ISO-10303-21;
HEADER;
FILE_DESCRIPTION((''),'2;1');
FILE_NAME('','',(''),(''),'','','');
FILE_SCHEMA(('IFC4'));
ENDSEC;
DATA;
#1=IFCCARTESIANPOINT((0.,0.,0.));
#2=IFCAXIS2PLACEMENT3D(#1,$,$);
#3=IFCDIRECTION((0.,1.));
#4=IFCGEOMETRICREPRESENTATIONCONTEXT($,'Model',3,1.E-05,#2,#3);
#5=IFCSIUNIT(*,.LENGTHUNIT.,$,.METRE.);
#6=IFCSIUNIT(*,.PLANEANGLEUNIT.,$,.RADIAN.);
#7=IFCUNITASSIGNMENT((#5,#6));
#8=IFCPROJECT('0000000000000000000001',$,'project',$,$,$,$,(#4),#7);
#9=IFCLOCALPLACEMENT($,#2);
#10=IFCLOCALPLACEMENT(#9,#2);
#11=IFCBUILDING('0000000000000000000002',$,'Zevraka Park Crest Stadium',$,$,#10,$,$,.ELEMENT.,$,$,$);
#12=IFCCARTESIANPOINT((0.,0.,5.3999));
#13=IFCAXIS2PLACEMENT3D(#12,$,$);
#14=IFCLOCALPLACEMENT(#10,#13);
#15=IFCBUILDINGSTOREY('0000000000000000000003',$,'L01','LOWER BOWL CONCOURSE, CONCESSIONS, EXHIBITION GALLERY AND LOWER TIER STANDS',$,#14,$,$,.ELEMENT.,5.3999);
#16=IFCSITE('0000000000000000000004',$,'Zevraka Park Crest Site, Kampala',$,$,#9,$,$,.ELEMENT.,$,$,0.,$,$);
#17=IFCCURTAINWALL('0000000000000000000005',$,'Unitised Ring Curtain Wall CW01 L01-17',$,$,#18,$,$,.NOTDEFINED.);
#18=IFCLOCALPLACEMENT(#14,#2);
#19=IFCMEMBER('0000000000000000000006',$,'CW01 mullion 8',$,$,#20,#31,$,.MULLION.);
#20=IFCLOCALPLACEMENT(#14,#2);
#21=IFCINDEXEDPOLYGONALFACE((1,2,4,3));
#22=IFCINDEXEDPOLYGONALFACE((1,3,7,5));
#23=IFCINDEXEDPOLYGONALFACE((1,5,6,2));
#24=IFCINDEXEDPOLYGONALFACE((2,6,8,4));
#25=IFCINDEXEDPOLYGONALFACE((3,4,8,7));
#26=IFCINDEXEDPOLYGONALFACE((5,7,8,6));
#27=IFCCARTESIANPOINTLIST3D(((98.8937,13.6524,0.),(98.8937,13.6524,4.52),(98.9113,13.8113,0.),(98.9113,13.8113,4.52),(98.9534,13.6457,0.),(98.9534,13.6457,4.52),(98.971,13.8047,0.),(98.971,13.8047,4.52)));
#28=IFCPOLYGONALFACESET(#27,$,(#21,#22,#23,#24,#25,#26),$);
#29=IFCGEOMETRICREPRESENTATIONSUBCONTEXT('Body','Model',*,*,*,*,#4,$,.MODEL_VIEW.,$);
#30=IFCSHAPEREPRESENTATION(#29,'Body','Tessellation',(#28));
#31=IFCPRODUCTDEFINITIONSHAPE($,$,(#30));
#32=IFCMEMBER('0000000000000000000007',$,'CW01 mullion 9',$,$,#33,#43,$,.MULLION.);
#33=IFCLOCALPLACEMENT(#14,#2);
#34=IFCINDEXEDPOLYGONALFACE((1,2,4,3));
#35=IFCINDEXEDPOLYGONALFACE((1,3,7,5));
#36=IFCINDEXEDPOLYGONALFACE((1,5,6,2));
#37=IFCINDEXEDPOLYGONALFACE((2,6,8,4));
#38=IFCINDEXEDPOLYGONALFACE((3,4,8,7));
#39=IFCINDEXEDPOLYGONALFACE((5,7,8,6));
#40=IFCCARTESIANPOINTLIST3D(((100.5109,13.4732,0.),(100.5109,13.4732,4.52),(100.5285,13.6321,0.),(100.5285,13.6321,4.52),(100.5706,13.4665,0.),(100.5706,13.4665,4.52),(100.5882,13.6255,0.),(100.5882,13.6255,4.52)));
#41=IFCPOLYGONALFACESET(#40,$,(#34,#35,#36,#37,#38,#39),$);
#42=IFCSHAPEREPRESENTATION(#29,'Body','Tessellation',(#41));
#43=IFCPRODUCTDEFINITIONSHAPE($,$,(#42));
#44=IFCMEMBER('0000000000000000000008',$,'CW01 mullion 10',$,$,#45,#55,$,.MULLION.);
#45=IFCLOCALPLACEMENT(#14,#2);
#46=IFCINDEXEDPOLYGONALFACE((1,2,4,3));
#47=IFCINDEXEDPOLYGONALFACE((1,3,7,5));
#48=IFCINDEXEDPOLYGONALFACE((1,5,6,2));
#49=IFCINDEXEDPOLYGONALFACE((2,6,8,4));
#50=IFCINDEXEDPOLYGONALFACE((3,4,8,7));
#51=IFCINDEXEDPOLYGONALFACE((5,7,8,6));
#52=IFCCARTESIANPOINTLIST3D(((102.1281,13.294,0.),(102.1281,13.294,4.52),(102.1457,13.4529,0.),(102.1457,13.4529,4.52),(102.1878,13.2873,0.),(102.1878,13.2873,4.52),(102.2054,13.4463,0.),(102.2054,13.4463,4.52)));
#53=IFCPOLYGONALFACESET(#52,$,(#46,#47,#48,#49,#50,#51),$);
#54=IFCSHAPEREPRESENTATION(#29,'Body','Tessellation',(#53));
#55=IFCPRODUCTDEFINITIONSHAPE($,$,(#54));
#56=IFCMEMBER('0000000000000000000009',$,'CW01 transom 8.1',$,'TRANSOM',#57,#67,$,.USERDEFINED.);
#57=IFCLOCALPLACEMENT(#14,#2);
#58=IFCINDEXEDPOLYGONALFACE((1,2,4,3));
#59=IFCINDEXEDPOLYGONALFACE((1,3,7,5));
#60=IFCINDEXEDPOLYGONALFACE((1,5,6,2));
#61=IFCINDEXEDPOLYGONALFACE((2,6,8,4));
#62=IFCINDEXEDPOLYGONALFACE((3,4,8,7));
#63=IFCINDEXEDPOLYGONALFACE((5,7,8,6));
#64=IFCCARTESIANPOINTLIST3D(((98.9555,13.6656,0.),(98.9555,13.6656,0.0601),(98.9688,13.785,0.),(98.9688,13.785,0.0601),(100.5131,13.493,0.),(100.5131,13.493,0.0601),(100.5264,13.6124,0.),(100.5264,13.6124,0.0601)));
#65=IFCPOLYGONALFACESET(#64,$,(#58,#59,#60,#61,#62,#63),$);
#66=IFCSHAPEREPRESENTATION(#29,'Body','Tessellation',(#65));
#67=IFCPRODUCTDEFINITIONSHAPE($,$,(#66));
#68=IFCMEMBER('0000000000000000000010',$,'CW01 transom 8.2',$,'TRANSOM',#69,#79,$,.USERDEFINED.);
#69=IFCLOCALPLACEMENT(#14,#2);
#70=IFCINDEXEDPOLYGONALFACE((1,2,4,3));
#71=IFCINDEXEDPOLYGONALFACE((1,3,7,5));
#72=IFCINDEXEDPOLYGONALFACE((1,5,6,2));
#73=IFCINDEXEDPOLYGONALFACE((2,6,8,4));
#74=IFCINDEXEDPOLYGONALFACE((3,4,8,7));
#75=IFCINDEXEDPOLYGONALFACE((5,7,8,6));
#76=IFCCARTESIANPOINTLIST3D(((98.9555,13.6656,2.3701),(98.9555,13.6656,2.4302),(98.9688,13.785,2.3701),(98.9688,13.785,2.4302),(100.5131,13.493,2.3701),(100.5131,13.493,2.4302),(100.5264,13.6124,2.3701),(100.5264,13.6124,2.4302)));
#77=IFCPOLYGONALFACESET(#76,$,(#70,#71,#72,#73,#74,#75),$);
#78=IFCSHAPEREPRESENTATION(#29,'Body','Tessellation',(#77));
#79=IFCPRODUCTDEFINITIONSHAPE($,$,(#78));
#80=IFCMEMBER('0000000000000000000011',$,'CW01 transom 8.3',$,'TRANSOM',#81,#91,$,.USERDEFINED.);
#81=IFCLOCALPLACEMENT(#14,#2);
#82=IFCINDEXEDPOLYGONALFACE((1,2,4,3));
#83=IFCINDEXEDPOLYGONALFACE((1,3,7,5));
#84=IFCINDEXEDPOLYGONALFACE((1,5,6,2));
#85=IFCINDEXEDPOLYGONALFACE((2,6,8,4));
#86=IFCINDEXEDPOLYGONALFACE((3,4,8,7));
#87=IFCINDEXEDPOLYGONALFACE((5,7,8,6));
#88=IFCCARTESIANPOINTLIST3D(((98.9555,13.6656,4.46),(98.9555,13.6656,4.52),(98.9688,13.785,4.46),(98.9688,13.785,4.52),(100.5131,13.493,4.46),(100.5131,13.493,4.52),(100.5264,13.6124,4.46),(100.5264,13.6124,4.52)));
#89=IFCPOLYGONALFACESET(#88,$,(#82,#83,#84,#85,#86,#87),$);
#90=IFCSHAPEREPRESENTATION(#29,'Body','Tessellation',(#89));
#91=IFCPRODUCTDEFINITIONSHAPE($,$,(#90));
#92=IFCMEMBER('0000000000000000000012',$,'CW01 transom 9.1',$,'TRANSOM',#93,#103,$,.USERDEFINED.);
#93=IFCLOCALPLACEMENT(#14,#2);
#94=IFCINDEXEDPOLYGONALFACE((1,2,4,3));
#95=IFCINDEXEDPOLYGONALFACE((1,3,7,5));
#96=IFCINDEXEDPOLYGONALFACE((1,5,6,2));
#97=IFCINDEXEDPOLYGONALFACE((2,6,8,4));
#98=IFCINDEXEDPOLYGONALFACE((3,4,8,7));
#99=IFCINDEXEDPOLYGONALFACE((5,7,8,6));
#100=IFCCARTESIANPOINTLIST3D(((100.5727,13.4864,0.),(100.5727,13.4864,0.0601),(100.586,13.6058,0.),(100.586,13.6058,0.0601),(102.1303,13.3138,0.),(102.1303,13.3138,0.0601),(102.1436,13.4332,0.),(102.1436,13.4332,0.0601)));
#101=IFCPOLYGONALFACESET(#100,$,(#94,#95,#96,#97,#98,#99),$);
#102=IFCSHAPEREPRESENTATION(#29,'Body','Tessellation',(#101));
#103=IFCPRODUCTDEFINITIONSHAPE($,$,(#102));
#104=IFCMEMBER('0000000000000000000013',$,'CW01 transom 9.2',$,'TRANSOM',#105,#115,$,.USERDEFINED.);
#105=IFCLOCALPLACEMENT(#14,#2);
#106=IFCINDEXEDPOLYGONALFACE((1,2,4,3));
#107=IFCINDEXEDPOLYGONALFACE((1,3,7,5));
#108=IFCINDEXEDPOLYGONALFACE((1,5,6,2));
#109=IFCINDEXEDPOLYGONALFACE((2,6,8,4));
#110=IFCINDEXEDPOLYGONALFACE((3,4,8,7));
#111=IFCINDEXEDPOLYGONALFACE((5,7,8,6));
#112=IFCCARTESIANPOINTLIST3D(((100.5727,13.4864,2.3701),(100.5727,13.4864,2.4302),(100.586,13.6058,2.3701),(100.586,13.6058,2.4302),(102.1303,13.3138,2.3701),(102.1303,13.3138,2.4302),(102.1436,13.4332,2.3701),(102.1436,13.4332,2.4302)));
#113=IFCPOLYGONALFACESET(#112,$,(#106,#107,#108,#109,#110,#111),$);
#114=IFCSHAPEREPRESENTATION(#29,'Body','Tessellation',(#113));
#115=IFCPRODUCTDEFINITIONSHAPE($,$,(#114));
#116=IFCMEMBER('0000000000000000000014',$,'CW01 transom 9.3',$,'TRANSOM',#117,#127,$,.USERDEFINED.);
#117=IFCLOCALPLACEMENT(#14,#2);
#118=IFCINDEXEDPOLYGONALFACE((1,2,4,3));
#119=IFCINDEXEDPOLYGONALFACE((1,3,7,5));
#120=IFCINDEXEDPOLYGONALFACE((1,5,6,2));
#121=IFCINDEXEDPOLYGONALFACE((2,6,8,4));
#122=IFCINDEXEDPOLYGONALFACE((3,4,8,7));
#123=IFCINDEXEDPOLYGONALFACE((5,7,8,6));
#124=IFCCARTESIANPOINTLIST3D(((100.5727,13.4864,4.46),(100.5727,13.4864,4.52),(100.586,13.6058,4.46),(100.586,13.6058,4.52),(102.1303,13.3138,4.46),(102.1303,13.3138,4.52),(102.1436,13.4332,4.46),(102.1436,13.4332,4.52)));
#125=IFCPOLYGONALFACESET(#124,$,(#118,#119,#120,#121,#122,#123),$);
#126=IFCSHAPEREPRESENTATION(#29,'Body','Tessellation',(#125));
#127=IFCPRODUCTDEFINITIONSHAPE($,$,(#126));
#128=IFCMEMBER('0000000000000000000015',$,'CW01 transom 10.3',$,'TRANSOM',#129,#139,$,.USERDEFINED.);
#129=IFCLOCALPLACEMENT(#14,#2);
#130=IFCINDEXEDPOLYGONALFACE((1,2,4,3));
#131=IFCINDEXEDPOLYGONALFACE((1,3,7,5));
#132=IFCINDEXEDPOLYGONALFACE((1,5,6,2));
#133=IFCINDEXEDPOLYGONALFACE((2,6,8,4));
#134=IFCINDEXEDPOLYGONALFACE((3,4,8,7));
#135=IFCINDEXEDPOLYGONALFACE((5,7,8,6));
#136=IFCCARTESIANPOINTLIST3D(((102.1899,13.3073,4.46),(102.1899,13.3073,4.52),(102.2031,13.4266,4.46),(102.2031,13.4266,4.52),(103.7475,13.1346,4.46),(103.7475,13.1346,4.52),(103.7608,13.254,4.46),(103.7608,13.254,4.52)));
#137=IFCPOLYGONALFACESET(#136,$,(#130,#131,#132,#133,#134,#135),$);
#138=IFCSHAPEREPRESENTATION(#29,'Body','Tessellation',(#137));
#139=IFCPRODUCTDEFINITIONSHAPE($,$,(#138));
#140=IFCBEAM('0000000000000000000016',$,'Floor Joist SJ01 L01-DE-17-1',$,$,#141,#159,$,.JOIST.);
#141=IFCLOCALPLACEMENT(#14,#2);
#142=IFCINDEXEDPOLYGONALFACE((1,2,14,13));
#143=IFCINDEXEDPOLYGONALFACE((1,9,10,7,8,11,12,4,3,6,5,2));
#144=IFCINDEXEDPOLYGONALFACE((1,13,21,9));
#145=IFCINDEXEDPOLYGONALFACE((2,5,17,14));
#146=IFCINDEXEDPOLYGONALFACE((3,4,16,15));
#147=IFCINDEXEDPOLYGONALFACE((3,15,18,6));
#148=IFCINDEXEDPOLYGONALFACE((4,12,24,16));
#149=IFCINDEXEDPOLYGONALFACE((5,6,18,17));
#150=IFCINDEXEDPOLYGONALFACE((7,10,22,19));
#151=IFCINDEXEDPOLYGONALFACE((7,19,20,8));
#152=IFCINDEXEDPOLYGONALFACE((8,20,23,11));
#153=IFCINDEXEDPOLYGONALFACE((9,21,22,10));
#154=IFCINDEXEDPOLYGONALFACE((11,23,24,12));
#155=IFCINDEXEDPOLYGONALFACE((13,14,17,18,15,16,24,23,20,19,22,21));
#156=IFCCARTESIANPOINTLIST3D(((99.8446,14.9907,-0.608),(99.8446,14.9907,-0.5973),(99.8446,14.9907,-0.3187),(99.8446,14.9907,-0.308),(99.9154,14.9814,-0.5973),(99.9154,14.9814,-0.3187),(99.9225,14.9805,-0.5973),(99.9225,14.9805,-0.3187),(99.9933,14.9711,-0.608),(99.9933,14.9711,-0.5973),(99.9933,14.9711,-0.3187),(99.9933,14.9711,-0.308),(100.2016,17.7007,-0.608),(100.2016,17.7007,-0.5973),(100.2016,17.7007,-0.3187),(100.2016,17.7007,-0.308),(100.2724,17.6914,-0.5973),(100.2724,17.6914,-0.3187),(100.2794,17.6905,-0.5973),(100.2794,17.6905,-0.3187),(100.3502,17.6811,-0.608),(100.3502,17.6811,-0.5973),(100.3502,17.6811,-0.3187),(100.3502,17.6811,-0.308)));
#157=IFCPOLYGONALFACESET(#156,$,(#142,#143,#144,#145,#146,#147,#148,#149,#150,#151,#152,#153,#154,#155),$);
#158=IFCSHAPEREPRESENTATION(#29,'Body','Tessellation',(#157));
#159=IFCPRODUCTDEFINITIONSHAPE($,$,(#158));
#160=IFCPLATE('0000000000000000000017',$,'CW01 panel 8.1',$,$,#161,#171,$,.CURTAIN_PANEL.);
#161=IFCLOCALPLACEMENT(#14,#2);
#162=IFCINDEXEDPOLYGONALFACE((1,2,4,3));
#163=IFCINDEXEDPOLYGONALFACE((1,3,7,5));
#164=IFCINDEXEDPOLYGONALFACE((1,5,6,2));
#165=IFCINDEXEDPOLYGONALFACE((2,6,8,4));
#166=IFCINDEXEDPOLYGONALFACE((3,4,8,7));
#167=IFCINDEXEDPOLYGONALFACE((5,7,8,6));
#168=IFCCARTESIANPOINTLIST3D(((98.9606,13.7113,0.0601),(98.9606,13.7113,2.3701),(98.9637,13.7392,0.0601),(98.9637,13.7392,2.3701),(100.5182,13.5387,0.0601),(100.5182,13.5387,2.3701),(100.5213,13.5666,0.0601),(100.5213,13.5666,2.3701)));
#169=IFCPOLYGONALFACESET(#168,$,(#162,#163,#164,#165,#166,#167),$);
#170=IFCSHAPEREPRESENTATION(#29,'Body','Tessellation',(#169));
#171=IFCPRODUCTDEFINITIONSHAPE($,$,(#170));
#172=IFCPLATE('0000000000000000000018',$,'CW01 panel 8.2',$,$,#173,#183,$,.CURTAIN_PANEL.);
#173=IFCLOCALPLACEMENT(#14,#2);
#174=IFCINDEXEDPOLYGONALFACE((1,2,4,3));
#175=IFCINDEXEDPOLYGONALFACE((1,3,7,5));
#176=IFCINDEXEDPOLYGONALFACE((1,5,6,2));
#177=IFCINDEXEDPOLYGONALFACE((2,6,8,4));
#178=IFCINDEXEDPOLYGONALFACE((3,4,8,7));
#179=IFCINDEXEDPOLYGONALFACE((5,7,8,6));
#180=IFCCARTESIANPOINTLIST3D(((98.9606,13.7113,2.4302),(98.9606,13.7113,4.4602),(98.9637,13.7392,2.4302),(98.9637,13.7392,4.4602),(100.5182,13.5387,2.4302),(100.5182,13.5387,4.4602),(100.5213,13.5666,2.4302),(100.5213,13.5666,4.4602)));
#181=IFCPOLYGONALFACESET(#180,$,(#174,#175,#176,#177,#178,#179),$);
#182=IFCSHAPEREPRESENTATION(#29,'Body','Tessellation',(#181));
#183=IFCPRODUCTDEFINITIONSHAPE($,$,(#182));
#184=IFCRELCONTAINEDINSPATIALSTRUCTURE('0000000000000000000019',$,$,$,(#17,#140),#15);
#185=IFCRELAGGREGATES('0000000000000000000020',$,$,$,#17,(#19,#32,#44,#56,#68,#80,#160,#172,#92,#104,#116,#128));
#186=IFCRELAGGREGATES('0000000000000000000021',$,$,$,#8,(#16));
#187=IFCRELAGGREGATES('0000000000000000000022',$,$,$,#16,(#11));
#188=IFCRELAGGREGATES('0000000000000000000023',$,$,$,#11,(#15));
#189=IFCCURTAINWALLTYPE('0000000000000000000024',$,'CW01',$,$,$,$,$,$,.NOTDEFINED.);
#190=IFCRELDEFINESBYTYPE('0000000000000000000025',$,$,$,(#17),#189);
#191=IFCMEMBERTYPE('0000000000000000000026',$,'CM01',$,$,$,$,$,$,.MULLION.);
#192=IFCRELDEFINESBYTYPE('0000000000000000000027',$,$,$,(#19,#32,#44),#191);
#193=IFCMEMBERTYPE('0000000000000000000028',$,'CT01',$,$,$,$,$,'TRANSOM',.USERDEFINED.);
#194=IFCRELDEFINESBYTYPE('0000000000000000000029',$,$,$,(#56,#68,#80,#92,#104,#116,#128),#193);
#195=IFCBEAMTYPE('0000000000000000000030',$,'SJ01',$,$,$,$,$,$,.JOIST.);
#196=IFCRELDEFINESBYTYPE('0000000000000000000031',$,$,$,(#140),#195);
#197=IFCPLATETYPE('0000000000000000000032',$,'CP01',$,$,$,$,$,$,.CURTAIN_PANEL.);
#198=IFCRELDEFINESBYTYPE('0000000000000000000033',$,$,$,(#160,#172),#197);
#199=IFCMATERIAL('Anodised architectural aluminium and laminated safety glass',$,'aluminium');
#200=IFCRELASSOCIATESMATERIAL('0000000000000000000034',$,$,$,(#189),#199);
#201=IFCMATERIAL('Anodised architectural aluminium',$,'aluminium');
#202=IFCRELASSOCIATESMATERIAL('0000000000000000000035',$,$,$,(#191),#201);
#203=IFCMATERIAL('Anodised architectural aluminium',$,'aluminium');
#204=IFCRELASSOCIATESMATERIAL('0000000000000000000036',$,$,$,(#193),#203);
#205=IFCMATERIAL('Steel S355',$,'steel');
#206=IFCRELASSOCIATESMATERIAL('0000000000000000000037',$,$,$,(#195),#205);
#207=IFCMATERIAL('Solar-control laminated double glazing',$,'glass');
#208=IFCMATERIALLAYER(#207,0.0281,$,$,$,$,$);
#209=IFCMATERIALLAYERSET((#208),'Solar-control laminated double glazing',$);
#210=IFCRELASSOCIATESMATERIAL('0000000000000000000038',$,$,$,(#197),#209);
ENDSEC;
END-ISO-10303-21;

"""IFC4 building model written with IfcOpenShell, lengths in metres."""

from ifc_helpers import new_model, si_unit, direction, frame, origin, origin_2d, place, context, subcontext, project, spatial, rectangle, i_section, extrude, material, layer, layer_set, material_profile, profile_set, type_object, element, aggregate, save


model = new_model("IFC4")

# Units and contexts
model_context = context("Model", 3, precision=1e-05, world=origin(), true_north=direction((0.0, 1.0)))
body_context = subcontext(model_context, "Body", "Model", "MODEL_VIEW")
ifc_project = project(units=[si_unit("LENGTHUNIT", "METRE"), si_unit("PLANEANGLEUNIT", "RADIAN")], contexts=[model_context])

# Site, building, storey
site_placement = place(None, origin())
site = spatial("IfcSite", under=ifc_project, at=site_placement, Name="Zevraka Park Crest Site, Kampala", CompositionType="ELEMENT", RefElevation=0.0)
building_placement = place(site_placement, origin())
building = spatial("IfcBuilding", under=site, at=building_placement, Name="Zevraka Park Crest Stadium", CompositionType="ELEMENT")
storey_placement = place(building_placement, frame((0.0, 0.0, 5.3999)))
storey = spatial("IfcBuildingStorey", under=building, at=storey_placement, Name="L01", Description="LOWER BOWL CONCOURSE, CONCESSIONS, EXHIBITION GALLERY AND LOWER TIER STANDS", CompositionType="ELEMENT", Elevation=5.3999)

# Curtain wall, members
ifc_material_1 = material(Name="Anodised architectural aluminium and laminated safety glass", Category="aluminium")
curtain_wall_type = type_object("IfcCurtainWallType", Name="CW01", PredefinedType="NOTDEFINED", material=ifc_material_1)
curtain_wall_placement = place(storey_placement, origin())
curtain_wall = element("IfcCurtainWall", 1, at=curtain_wall_placement, inside=storey, type_object=curtain_wall_type, Name="Unitised Ring Curtain Wall CW01 L01-17", PredefinedType="NOTDEFINED")
ifc_material_2 = material(Name="Anodised architectural aluminium", Category="aluminium")
ifc_material_profile_1 = material_profile(ifc_material_2, rectangle(XDim=0.1599, YDim=0.0601, at=origin_2d()), Name="ALU MULLION 160x60")
ifc_profile_set_1 = profile_set([ifc_material_profile_1], Name="Anodised architectural aluminium")
member_type_1 = type_object("IfcMemberType", Name="CM01", PredefinedType="MULLION", material=ifc_profile_set_1)
member_1_placement = place(storey_placement, frame((98.9324, 13.7285, 0.0), z_axis=(0.0, 0.0, 1.0), x_axis=(0.110135, 0.993917, 0.0)))
member_1 = element("IfcMember", 2, at=member_1_placement, type_object=member_type_1, Name="CW01 mullion 8", PredefinedType="MULLION", context=body_context, shape_type="SweptSolid", body=[
    extrude(rectangle(XDim=0.1599, YDim=0.0601, at=origin_2d()), origin(), (0.0, 0.0, 1.0), 4.52),
])
member_2_placement = place(storey_placement, frame((100.5496, 13.5493, 0.0), z_axis=(0.0, 0.0, 1.0), x_axis=(0.110135, 0.993917, 0.0)))
member_2 = element("IfcMember", 3, at=member_2_placement, type_object=member_type_1, Name="CW01 mullion 9", PredefinedType="MULLION", context=body_context, shape_type="SweptSolid", body=[
    extrude(rectangle(XDim=0.1599, YDim=0.0601, at=origin_2d()), origin(), (0.0, 0.0, 1.0), 4.52),
])
member_3_placement = place(storey_placement, frame((102.1667, 13.3701, 0.0), z_axis=(0.0, 0.0, 1.0), x_axis=(0.110135, 0.993917, 0.0)))
member_3 = element("IfcMember", 4, at=member_3_placement, type_object=member_type_1, Name="CW01 mullion 10", PredefinedType="MULLION", context=body_context, shape_type="SweptSolid", body=[
    extrude(rectangle(XDim=0.1599, YDim=0.0601, at=origin_2d()), origin(), (0.0, 0.0, 1.0), 4.52),
])
ifc_material_3 = material(Name="Anodised architectural aluminium", Category="aluminium")
ifc_material_profile_2 = material_profile(ifc_material_3, rectangle(XDim=0.1201, YDim=0.0601, at=origin_2d()), Name="ALU TRANSOM 120x60")
ifc_profile_set_2 = profile_set([ifc_material_profile_2], Name="Anodised architectural aluminium")
member_type_2 = type_object("IfcMemberType", Name="CT01", ElementType="TRANSOM", PredefinedType="USERDEFINED", material=ifc_profile_set_2)
member_4_placement = place(storey_placement, frame((98.9622, 13.7253, 0.03), z_axis=(0.993916, -0.110141, 0.0), x_axis=(0.110141, 0.993916, 0.0)))
member_4 = element("IfcMember", 5, at=member_4_placement, type_object=member_type_2, Name="CW01 transom 8.1", ObjectType="TRANSOM", PredefinedType="USERDEFINED", context=body_context, shape_type="SweptSolid", body=[
    extrude(rectangle(XDim=0.1201, YDim=0.0601, at=origin_2d()), origin(), (0.0, 0.0, 1.0), 1.5671),
])
member_5_placement = place(storey_placement, frame((98.9622, 13.7253, 2.4001), z_axis=(0.993916, -0.110141, 0.0), x_axis=(0.110141, 0.993916, 0.0)))
member_5 = element("IfcMember", 6, at=member_5_placement, type_object=member_type_2, Name="CW01 transom 8.2", ObjectType="TRANSOM", PredefinedType="USERDEFINED", context=body_context, shape_type="SweptSolid", body=[
    extrude(rectangle(XDim=0.1201, YDim=0.0601, at=origin_2d()), origin(), (0.0, 0.0, 1.0), 1.5671),
])
member_6_placement = place(storey_placement, frame((98.9622, 13.7253, 4.49), z_axis=(0.993916, -0.110141, 0.0), x_axis=(0.110141, 0.993916, 0.0)))
member_6 = element("IfcMember", 7, at=member_6_placement, type_object=member_type_2, Name="CW01 transom 8.3", ObjectType="TRANSOM", PredefinedType="USERDEFINED", context=body_context, shape_type="SweptSolid", body=[
    extrude(rectangle(XDim=0.1201, YDim=0.0601, at=origin_2d()), origin(), (0.0, 0.0, 1.0), 1.5671),
])
member_7_placement = place(storey_placement, frame((100.5793, 13.5461, 0.03), z_axis=(0.993916, -0.110141, 0.0), x_axis=(0.110141, 0.993916, 0.0)))
member_7 = element("IfcMember", 8, at=member_7_placement, type_object=member_type_2, Name="CW01 transom 9.1", ObjectType="TRANSOM", PredefinedType="USERDEFINED", context=body_context, shape_type="SweptSolid", body=[
    extrude(rectangle(XDim=0.1201, YDim=0.0601, at=origin_2d()), origin(), (0.0, 0.0, 1.0), 1.5671),
])
member_8_placement = place(storey_placement, frame((100.5793, 13.5461, 2.4001), z_axis=(0.993916, -0.110141, 0.0), x_axis=(0.110141, 0.993916, 0.0)))
member_8 = element("IfcMember", 9, at=member_8_placement, type_object=member_type_2, Name="CW01 transom 9.2", ObjectType="TRANSOM", PredefinedType="USERDEFINED", context=body_context, shape_type="SweptSolid", body=[
    extrude(rectangle(XDim=0.1201, YDim=0.0601, at=origin_2d()), origin(), (0.0, 0.0, 1.0), 1.5671),
])
member_9_placement = place(storey_placement, frame((100.5793, 13.5461, 4.49), z_axis=(0.993916, -0.110141, 0.0), x_axis=(0.110141, 0.993916, 0.0)))
member_9 = element("IfcMember", 10, at=member_9_placement, type_object=member_type_2, Name="CW01 transom 9.3", ObjectType="TRANSOM", PredefinedType="USERDEFINED", context=body_context, shape_type="SweptSolid", body=[
    extrude(rectangle(XDim=0.1201, YDim=0.0601, at=origin_2d()), origin(), (0.0, 0.0, 1.0), 1.5671),
])
member_10_placement = place(storey_placement, frame((102.1965, 13.3669, 4.49), z_axis=(0.993916, -0.110141, 0.0), x_axis=(0.110141, 0.993916, 0.0)))
member_10 = element("IfcMember", 11, at=member_10_placement, type_object=member_type_2, Name="CW01 transom 10.3", ObjectType="TRANSOM", PredefinedType="USERDEFINED", context=body_context, shape_type="SweptSolid", body=[
    extrude(rectangle(XDim=0.1201, YDim=0.0601, at=origin_2d()), origin(), (0.0, 0.0, 1.0), 1.5671),
])

# Beam
ifc_material_4 = material(Name="Steel S355", Category="steel")
ifc_material_profile_3 = material_profile(ifc_material_4, i_section(OverallWidth=0.1499, OverallDepth=0.3, WebThickness=0.0071, FlangeThickness=0.0107, at=origin_2d()), Name="IPE 300")
ifc_profile_set_3 = profile_set([ifc_material_profile_3], Name="Steel S355")
beam_type = type_object("IfcBeamType", Name="SJ01", PredefinedType="JOIST", material=ifc_profile_set_3)
beam_placement = place(storey_placement, frame((100.2759, 17.6909, -0.458), z_axis=(-0.130584, -0.991437, 0.0), x_axis=(0.991437, -0.130584, 0.0)))
element("IfcBeam", 12, at=beam_placement, inside=storey, type_object=beam_type, Name="Floor Joist SJ01 L01-DE-17-1", PredefinedType="JOIST", context=body_context, shape_type="SweptSolid", body=[
    extrude(i_section(OverallWidth=0.1499, OverallDepth=0.3, WebThickness=0.0071, FlangeThickness=0.0107, at=origin_2d()), origin(), (0.0, 0.0, 1.0), 2.7334),
])

# Plates
ifc_material_5 = material(Name="Solar-control laminated double glazing", Category="glass")
ifc_layer_1 = layer(ifc_material_5, 0.0281)
ifc_layer_set_1 = layer_set([ifc_layer_1], Name="Solar-control laminated double glazing")
plate_type = type_object("IfcPlateType", Name="CP01", PredefinedType="CURTAIN_PANEL", material=ifc_layer_set_1)
plate_1_placement = place(storey_placement, frame((99.741, 13.6389, 0.0601), z_axis=(0.0, 0.0, 1.0), x_axis=(0.993917, -0.110135, 0.0)))
plate_1 = element("IfcPlate", 13, at=plate_1_placement, type_object=plate_type, Name="CW01 panel 8.1", PredefinedType="CURTAIN_PANEL", context=body_context, shape_type="SweptSolid", body=[
    extrude(rectangle(XDim=1.5671, YDim=0.0281, at=origin_2d()), origin(), (0.0, 0.0, 1.0), 2.3101),
])
plate_2_placement = place(storey_placement, frame((99.741, 13.6389, 2.4302), z_axis=(0.0, 0.0, 1.0), x_axis=(0.993917, -0.110135, 0.0)))
plate_2 = element("IfcPlate", 14, at=plate_2_placement, type_object=plate_type, Name="CW01 panel 8.2", PredefinedType="CURTAIN_PANEL", context=body_context, shape_type="SweptSolid", body=[
    extrude(rectangle(XDim=1.5671, YDim=0.0281, at=origin_2d()), origin(), (0.0, 0.0, 1.0), 2.03),
])
aggregate(curtain_wall, [member_1, member_2, member_3, member_4, member_5, member_6, plate_1, plate_2, member_7, member_8, member_9, member_10])

save(model, "model.ifc")
